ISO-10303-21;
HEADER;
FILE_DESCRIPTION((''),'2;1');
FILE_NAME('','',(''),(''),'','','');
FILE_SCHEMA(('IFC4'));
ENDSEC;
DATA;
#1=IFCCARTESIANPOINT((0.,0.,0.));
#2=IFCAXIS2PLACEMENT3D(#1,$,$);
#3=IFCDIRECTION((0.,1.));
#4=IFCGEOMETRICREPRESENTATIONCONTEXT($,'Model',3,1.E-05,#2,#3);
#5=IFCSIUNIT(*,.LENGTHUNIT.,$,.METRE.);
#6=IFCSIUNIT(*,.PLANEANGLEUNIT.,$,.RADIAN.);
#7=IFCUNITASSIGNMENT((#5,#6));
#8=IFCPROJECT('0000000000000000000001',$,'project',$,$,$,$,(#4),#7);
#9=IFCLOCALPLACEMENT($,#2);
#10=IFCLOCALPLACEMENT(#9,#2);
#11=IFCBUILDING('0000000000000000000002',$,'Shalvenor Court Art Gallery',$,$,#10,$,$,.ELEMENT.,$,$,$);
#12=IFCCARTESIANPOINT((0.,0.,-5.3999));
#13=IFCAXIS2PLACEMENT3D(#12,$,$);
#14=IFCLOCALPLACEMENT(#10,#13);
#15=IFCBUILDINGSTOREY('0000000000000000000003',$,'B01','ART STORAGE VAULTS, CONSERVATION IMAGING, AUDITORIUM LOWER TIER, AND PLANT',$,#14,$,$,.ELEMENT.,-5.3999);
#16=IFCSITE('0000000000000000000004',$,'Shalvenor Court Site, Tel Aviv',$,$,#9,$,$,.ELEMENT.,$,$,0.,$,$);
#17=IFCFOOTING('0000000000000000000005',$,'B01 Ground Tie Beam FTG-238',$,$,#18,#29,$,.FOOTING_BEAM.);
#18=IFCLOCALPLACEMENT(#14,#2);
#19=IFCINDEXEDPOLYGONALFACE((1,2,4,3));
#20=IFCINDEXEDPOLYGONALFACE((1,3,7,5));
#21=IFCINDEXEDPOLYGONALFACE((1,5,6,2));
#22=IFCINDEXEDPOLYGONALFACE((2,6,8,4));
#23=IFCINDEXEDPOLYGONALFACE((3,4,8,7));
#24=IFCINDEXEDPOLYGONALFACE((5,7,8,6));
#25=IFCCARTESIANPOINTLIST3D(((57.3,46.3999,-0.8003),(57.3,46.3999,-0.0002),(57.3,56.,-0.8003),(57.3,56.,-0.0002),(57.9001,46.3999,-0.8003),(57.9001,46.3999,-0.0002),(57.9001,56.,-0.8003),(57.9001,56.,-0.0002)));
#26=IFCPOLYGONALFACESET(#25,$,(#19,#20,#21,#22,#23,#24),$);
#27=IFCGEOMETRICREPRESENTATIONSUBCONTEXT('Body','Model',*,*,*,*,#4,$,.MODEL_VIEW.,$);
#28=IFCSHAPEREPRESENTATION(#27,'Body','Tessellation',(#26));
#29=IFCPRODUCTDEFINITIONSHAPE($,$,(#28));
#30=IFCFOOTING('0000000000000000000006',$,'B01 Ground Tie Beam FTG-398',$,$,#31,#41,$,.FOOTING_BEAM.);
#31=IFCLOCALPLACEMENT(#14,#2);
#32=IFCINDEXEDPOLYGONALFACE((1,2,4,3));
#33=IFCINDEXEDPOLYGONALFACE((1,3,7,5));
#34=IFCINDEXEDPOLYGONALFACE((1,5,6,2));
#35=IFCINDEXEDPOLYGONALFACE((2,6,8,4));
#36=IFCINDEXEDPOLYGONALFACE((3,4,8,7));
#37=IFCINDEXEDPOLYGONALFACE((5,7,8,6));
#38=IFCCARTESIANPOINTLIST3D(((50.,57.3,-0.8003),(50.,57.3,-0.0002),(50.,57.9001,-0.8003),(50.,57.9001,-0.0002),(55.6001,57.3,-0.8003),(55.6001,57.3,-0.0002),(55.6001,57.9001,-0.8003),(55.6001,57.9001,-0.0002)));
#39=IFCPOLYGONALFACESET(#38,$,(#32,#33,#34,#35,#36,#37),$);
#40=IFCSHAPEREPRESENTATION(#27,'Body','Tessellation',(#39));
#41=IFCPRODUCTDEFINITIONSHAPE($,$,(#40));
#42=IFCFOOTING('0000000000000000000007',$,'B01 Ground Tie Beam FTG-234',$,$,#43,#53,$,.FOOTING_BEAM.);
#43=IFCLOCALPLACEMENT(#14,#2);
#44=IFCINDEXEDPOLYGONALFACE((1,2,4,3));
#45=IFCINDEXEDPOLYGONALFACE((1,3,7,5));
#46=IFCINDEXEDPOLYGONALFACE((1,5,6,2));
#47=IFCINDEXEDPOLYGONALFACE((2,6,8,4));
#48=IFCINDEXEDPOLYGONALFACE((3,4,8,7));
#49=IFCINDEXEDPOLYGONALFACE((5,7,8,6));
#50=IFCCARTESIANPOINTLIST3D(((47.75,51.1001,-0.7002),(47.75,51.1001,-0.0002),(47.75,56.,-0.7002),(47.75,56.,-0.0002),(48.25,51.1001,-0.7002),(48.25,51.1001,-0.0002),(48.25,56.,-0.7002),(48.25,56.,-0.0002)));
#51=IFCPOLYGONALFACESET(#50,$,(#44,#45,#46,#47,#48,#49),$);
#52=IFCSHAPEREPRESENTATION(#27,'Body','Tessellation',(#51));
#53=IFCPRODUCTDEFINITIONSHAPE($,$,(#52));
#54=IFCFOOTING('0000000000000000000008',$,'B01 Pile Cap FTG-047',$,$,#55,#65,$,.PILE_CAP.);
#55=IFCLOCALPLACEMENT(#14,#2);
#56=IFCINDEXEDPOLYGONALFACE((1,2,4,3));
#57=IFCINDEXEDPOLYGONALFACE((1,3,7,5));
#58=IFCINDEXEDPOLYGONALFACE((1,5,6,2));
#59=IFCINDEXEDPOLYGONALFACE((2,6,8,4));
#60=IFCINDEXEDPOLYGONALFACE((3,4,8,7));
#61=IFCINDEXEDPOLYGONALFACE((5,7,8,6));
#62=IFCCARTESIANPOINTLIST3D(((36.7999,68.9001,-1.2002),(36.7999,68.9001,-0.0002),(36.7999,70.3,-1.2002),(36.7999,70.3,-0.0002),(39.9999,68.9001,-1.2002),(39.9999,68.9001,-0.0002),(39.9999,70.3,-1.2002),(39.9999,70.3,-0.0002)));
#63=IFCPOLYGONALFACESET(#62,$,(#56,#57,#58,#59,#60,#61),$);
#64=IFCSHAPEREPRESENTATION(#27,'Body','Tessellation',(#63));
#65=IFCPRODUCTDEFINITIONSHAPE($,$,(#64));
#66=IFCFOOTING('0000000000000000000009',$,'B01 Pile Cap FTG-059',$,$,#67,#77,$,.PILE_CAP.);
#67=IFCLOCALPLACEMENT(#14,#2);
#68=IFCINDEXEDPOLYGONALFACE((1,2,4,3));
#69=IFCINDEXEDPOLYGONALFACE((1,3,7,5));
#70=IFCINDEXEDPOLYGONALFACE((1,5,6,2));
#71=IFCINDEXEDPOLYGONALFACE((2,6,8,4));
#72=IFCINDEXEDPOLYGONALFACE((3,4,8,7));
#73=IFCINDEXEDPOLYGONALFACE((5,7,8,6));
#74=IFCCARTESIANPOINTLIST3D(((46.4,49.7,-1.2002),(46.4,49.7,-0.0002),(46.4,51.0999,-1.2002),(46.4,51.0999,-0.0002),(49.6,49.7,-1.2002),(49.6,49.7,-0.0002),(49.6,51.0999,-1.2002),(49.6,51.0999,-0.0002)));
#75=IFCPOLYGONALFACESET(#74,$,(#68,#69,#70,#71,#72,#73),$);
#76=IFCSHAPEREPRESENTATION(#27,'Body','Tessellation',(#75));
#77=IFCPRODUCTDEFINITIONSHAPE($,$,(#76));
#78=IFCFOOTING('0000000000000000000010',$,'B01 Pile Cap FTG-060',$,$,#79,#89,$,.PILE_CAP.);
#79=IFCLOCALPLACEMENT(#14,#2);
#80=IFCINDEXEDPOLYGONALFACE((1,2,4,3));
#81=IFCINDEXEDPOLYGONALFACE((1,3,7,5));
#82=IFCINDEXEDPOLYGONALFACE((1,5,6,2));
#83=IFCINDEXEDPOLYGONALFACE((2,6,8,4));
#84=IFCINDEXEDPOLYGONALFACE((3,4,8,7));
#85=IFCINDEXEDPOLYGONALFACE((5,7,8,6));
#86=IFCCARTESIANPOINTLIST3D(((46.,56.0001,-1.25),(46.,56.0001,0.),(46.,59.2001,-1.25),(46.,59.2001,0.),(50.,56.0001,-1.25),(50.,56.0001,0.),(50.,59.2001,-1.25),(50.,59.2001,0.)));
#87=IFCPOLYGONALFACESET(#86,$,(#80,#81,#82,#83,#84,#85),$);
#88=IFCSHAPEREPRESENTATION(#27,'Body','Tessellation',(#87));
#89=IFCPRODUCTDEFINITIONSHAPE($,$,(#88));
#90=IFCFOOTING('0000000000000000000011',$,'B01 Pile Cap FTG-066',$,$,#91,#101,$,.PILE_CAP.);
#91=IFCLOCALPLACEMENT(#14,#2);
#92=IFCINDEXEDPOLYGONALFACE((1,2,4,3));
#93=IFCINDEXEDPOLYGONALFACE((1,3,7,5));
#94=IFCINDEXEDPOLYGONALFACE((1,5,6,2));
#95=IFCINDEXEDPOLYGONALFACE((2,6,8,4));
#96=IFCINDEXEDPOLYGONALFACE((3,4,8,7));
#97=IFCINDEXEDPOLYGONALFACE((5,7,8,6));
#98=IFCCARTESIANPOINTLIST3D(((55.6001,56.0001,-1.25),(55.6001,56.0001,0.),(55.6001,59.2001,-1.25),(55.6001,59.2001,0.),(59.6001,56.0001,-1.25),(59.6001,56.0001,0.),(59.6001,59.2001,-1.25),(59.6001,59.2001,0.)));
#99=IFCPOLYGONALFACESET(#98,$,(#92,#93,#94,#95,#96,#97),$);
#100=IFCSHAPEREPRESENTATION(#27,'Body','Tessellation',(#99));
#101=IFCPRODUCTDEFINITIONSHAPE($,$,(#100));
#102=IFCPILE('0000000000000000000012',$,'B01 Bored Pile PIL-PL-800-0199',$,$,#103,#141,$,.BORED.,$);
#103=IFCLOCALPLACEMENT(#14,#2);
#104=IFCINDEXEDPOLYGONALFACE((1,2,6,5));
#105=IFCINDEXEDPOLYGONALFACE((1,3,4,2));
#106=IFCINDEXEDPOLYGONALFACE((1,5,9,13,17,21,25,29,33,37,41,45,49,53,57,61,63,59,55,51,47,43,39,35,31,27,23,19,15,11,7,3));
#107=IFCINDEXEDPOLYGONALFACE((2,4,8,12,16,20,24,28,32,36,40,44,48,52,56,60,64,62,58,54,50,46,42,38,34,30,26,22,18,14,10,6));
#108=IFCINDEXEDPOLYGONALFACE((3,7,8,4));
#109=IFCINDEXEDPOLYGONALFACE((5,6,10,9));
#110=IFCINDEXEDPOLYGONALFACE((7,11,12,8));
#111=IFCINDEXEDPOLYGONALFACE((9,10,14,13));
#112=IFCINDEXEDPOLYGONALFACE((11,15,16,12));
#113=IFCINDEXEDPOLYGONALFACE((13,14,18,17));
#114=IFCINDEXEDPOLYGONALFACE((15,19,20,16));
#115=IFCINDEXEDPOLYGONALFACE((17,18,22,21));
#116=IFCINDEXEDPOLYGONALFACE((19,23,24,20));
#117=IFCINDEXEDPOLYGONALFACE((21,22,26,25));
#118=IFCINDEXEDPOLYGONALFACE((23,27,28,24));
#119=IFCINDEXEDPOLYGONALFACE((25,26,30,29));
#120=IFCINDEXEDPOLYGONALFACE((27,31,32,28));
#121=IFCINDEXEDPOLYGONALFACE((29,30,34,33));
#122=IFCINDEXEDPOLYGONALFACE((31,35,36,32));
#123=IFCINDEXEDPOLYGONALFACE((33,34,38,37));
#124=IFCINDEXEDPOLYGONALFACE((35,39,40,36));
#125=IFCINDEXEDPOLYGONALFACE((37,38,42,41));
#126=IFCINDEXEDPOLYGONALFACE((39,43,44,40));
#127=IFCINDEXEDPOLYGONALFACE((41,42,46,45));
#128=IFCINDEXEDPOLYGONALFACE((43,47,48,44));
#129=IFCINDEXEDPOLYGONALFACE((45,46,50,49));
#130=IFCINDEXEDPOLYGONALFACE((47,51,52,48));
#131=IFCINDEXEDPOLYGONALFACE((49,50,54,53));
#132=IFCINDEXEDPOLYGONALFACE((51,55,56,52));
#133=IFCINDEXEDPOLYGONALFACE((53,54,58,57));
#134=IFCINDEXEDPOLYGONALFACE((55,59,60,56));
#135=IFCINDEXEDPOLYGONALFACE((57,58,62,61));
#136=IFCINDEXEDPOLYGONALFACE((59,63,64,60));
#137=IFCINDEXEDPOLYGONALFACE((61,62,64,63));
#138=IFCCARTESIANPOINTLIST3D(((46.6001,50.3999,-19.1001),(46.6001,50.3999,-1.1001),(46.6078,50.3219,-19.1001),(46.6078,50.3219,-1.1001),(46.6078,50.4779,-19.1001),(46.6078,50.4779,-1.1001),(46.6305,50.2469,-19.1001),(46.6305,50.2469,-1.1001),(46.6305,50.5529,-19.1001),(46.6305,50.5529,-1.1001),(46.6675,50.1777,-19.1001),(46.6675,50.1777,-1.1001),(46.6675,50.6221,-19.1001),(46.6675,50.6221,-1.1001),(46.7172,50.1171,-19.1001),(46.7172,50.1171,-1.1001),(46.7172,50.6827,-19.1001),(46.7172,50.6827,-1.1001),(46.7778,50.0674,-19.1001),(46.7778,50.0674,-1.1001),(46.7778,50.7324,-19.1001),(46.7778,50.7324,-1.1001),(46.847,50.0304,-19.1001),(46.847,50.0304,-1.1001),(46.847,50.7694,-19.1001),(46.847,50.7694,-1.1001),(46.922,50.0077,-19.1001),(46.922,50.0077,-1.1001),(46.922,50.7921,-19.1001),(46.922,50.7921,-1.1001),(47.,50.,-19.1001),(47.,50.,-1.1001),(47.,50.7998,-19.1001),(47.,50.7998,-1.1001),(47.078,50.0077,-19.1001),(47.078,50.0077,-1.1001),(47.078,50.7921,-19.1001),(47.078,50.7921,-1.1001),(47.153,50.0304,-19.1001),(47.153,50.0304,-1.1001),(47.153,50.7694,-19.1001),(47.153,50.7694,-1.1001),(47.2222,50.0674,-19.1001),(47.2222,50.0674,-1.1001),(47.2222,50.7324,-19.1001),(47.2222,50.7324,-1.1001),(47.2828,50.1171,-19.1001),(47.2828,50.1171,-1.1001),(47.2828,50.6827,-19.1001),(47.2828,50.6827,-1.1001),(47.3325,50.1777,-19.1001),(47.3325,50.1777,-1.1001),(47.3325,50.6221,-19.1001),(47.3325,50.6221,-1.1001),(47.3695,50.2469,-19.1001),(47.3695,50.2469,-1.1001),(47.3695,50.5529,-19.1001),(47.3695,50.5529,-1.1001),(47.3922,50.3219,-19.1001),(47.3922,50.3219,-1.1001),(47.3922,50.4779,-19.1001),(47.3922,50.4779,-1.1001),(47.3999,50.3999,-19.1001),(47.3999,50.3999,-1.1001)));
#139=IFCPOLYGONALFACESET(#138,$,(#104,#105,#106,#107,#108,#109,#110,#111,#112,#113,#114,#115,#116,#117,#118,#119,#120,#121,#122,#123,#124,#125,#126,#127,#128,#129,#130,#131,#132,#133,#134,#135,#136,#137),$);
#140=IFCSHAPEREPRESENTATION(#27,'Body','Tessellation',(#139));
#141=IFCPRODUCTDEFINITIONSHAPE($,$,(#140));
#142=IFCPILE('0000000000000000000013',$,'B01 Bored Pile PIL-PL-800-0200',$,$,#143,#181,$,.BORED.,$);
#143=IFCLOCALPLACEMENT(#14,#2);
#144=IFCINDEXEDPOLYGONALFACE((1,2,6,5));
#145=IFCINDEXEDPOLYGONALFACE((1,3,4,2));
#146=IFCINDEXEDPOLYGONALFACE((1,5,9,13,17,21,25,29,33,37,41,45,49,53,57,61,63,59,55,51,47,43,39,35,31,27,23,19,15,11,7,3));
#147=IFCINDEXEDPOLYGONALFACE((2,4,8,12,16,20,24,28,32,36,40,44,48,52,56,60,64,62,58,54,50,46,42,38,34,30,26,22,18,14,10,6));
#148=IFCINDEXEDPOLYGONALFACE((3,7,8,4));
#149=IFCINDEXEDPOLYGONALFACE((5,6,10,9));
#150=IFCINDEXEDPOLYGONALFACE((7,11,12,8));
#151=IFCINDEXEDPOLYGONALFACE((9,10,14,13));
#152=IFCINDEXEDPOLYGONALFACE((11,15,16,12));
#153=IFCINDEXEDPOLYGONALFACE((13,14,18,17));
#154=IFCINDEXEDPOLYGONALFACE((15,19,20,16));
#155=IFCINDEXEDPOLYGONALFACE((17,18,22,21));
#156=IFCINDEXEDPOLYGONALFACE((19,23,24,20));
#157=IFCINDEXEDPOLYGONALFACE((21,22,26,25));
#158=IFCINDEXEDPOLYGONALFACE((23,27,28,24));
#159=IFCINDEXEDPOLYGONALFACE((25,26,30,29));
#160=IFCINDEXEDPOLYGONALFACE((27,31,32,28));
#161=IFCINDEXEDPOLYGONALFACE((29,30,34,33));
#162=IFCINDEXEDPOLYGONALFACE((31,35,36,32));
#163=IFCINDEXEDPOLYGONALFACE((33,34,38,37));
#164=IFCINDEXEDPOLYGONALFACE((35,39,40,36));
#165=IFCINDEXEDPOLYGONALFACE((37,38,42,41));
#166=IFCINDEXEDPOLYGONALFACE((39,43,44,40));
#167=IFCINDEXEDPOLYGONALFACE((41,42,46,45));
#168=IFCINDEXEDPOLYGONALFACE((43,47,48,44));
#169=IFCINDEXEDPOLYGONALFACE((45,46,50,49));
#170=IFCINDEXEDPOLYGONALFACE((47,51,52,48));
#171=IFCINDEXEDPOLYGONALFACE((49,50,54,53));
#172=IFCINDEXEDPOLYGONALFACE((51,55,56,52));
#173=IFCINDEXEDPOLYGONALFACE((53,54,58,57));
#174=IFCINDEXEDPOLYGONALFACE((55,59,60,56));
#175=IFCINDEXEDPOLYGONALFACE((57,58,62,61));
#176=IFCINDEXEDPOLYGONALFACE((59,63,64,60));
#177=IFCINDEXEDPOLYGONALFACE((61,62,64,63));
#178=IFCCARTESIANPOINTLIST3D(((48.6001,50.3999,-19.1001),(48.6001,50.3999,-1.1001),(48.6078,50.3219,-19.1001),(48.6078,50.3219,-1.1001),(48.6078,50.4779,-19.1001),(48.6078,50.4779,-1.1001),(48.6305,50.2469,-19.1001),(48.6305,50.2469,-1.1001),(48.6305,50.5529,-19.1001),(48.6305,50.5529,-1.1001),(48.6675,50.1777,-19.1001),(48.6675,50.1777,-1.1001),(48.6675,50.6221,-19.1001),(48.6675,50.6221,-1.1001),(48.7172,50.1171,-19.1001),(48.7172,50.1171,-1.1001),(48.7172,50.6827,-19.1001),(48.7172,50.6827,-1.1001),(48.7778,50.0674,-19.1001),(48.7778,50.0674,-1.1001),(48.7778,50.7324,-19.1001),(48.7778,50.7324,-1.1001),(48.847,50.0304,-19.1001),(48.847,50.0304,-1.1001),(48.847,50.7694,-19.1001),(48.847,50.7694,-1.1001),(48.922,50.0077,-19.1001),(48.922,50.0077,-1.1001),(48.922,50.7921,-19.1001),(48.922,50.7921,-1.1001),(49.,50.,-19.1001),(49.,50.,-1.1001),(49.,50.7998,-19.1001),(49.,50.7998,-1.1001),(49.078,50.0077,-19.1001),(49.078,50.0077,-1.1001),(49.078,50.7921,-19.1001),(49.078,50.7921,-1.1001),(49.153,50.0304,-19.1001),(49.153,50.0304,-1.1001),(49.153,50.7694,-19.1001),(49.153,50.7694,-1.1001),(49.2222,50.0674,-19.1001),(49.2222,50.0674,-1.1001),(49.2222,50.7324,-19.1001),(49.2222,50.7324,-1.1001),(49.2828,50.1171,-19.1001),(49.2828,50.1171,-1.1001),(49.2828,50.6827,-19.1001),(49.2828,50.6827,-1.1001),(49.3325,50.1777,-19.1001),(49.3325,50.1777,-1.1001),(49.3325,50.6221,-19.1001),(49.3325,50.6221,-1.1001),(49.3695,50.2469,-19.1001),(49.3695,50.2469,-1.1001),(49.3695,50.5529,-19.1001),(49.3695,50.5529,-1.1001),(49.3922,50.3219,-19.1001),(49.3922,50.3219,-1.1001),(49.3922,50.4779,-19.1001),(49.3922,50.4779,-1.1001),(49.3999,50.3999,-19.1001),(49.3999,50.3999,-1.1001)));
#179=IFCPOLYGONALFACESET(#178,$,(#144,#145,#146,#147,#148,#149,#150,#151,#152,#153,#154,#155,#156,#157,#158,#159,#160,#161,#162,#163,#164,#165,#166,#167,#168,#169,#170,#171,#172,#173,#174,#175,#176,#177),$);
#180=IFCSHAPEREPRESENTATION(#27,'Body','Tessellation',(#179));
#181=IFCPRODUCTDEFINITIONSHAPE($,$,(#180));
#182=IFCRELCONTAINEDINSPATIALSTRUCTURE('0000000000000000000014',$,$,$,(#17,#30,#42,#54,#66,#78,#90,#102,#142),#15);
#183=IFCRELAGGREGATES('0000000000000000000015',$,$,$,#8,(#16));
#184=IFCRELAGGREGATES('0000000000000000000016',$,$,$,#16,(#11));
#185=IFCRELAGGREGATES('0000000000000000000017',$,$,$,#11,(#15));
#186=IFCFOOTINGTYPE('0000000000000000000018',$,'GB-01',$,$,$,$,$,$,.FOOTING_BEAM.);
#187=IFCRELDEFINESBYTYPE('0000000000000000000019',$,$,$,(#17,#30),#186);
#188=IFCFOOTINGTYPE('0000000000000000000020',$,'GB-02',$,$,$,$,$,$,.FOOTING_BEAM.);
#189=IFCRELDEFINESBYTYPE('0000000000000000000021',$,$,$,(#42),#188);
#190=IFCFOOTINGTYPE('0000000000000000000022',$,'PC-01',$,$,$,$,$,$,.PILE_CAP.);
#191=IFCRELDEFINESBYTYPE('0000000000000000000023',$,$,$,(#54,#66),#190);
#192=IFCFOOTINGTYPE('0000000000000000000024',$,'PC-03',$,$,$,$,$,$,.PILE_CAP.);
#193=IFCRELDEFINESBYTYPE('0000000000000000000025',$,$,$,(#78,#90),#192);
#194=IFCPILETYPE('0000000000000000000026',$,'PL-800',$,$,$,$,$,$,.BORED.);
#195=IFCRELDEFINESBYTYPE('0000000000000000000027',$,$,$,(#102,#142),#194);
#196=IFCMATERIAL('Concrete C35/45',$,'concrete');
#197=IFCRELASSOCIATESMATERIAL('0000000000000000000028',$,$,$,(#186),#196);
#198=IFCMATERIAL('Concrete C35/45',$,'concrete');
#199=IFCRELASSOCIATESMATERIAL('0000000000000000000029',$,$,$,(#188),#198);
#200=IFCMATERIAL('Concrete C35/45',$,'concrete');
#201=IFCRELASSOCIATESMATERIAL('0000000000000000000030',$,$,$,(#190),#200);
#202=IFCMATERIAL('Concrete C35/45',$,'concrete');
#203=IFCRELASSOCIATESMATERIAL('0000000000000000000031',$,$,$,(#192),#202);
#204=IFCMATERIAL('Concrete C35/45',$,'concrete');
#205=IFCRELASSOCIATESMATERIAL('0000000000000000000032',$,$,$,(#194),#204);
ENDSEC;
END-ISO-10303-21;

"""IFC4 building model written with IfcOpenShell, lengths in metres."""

from ifc_helpers import new_model, si_unit, direction, frame, origin, origin_2d, place, context, subcontext, project, spatial, rectangle, circle, extrude, material, material_profile, profile_set, type_object, element, save


model = new_model("IFC4")

# Units and contexts
model_context = context("Model", 3, precision=1e-05, world=origin(), true_north=direction((0.0, 1.0)))
body_context = subcontext(model_context, "Body", "Model", "MODEL_VIEW")
ifc_project = project(units=[si_unit("LENGTHUNIT", "METRE"), si_unit("PLANEANGLEUNIT", "RADIAN")], contexts=[model_context])

# Site, building, storey
site_placement = place(None, origin())
site = spatial("IfcSite", under=ifc_project, at=site_placement, Name="Shalvenor Court Site, Tel Aviv", CompositionType="ELEMENT", RefElevation=0.0)
building_placement = place(site_placement, origin())
building = spatial("IfcBuilding", under=site, at=building_placement, Name="Shalvenor Court Art Gallery", CompositionType="ELEMENT")
storey_placement = place(building_placement, frame((0.0, 0.0, -5.3999)))
storey = spatial("IfcBuildingStorey", under=building, at=storey_placement, Name="B01", Description="ART STORAGE VAULTS, CONSERVATION IMAGING, AUDITORIUM LOWER TIER, AND PLANT", CompositionType="ELEMENT", Elevation=-5.3999)

# Footings
ifc_material_1 = material(Name="Concrete C35/45", Category="concrete")
footing_type_1 = type_object("IfcFootingType", Name="GB-01", PredefinedType="FOOTING_BEAM", material=ifc_material_1)
footing_1_placement = place(storey_placement, frame((57.6001, 51.2, -0.8003), z_axis=(0.0, 0.0, 1.0), x_axis=(0.0, 1.0, 0.0)))
element("IfcFooting", 1, at=footing_1_placement, inside=storey, type_object=footing_type_1, Name="B01 Ground Tie Beam FTG-238", PredefinedType="FOOTING_BEAM", context=body_context, shape_type="SweptSolid", body=[
    extrude(rectangle(XDim=9.6001, YDim=0.6001, at=origin_2d()), origin(), (0.0, 0.0, 1.0), 0.8),
])
footing_2_placement = place(storey_placement, frame((52.8, 57.6001, -0.8003), z_axis=(0.0, 0.0, 1.0), x_axis=(1.0, 0.0, 0.0)))
element("IfcFooting", 2, at=footing_2_placement, inside=storey, type_object=footing_type_1, Name="B01 Ground Tie Beam FTG-398", PredefinedType="FOOTING_BEAM", context=body_context, shape_type="SweptSolid", body=[
    extrude(rectangle(XDim=5.6001, YDim=0.6001, at=origin_2d()), origin(), (0.0, 0.0, 1.0), 0.8),
])
ifc_material_2 = material(Name="Concrete C35/45", Category="concrete")
footing_type_2 = type_object("IfcFootingType", Name="GB-02", PredefinedType="FOOTING_BEAM", material=ifc_material_2)
footing_3_placement = place(storey_placement, frame((48.0, 53.55, -0.7002), z_axis=(0.0, 0.0, 1.0), x_axis=(0.0, 1.0, 0.0)))
element("IfcFooting", 3, at=footing_3_placement, inside=storey, type_object=footing_type_2, Name="B01 Ground Tie Beam FTG-234", PredefinedType="FOOTING_BEAM", context=body_context, shape_type="SweptSolid", body=[
    extrude(rectangle(XDim=4.8999, YDim=0.5, at=origin_2d()), origin(), (0.0, 0.0, 1.0), 0.7),
])
ifc_material_3 = material(Name="Concrete C35/45", Category="concrete")
footing_type_3 = type_object("IfcFootingType", Name="PC-01", PredefinedType="PILE_CAP", material=ifc_material_3)
for number, where, z_axis, x_axis, name in (
    (4, (38.3999, 69.6001, -1.2002), (0.0, 0.0, 1.0), (1.0, 0.0, 0.0), "B01 Pile Cap FTG-047"),
    (5, (48.0, 50.3999, -1.2002), (0.0, 0.0, 1.0), (1.0, 0.0, 0.0), "B01 Pile Cap FTG-059"),
):
    element("IfcFooting", number, at=place(storey_placement, frame(where, z_axis=z_axis, x_axis=x_axis)), inside=storey, type_object=footing_type_3, Name=name, PredefinedType="PILE_CAP", context=body_context, shape_type="SweptSolid", body=[
        extrude(rectangle(XDim=3.2, YDim=1.3999, at=origin_2d()), origin(), (0.0, 0.0, 1.0), 1.2),
    ])
ifc_material_4 = material(Name="Concrete C35/45", Category="concrete")
footing_type_4 = type_object("IfcFootingType", Name="PC-03", PredefinedType="PILE_CAP", material=ifc_material_4)
for number, where, z_axis, x_axis, name in (
    (6, (48.0, 57.6001, -1.25), (0.0, 0.0, 1.0), (1.0, 0.0, 0.0), "B01 Pile Cap FTG-060"),
    (7, (57.6001, 57.6001, -1.25), (0.0, 0.0, 1.0), (1.0, 0.0, 0.0), "B01 Pile Cap FTG-066"),
):
    element("IfcFooting", number, at=place(storey_placement, frame(where, z_axis=z_axis, x_axis=x_axis)), inside=storey, type_object=footing_type_4, Name=name, PredefinedType="PILE_CAP", context=body_context, shape_type="SweptSolid", body=[
        extrude(rectangle(XDim=4.0, YDim=3.2, at=origin_2d()), origin(), (0.0, 0.0, 1.0), 1.25),
    ])

# Piles
ifc_material_5 = material(Name="Concrete C35/45", Category="concrete")
ifc_material_profile_1 = material_profile(ifc_material_5, circle(Radius=0.3999, at=origin_2d()), Name="PILE 800")
ifc_profile_set_1 = profile_set([ifc_material_profile_1], Name="Concrete C35/45")
pile_type = type_object("IfcPileType", Name="PL-800", PredefinedType="BORED", material=ifc_profile_set_1)
for number, where, z_axis, x_axis, name in (
    (8, (47.0, 50.3999, -1.1001), (0.0, 0.0, -1.0), (1.0, 0.0, 0.0), "B01 Bored Pile PIL-PL-800-0199"),
    (9, (49.0, 50.3999, -1.1001), (0.0, 0.0, -1.0), (1.0, 0.0, 0.0), "B01 Bored Pile PIL-PL-800-0200"),
):
    element("IfcPile", number, at=place(storey_placement, frame(where, z_axis=z_axis, x_axis=x_axis)), inside=storey, type_object=pile_type, Name=name, PredefinedType="BORED", context=body_context, shape_type="SweptSolid", body=[
        extrude(circle(Radius=0.3999, at=origin_2d()), origin(), (0.0, 0.0, 1.0), 18.0),
    ])

save(model, "model.ifc")
